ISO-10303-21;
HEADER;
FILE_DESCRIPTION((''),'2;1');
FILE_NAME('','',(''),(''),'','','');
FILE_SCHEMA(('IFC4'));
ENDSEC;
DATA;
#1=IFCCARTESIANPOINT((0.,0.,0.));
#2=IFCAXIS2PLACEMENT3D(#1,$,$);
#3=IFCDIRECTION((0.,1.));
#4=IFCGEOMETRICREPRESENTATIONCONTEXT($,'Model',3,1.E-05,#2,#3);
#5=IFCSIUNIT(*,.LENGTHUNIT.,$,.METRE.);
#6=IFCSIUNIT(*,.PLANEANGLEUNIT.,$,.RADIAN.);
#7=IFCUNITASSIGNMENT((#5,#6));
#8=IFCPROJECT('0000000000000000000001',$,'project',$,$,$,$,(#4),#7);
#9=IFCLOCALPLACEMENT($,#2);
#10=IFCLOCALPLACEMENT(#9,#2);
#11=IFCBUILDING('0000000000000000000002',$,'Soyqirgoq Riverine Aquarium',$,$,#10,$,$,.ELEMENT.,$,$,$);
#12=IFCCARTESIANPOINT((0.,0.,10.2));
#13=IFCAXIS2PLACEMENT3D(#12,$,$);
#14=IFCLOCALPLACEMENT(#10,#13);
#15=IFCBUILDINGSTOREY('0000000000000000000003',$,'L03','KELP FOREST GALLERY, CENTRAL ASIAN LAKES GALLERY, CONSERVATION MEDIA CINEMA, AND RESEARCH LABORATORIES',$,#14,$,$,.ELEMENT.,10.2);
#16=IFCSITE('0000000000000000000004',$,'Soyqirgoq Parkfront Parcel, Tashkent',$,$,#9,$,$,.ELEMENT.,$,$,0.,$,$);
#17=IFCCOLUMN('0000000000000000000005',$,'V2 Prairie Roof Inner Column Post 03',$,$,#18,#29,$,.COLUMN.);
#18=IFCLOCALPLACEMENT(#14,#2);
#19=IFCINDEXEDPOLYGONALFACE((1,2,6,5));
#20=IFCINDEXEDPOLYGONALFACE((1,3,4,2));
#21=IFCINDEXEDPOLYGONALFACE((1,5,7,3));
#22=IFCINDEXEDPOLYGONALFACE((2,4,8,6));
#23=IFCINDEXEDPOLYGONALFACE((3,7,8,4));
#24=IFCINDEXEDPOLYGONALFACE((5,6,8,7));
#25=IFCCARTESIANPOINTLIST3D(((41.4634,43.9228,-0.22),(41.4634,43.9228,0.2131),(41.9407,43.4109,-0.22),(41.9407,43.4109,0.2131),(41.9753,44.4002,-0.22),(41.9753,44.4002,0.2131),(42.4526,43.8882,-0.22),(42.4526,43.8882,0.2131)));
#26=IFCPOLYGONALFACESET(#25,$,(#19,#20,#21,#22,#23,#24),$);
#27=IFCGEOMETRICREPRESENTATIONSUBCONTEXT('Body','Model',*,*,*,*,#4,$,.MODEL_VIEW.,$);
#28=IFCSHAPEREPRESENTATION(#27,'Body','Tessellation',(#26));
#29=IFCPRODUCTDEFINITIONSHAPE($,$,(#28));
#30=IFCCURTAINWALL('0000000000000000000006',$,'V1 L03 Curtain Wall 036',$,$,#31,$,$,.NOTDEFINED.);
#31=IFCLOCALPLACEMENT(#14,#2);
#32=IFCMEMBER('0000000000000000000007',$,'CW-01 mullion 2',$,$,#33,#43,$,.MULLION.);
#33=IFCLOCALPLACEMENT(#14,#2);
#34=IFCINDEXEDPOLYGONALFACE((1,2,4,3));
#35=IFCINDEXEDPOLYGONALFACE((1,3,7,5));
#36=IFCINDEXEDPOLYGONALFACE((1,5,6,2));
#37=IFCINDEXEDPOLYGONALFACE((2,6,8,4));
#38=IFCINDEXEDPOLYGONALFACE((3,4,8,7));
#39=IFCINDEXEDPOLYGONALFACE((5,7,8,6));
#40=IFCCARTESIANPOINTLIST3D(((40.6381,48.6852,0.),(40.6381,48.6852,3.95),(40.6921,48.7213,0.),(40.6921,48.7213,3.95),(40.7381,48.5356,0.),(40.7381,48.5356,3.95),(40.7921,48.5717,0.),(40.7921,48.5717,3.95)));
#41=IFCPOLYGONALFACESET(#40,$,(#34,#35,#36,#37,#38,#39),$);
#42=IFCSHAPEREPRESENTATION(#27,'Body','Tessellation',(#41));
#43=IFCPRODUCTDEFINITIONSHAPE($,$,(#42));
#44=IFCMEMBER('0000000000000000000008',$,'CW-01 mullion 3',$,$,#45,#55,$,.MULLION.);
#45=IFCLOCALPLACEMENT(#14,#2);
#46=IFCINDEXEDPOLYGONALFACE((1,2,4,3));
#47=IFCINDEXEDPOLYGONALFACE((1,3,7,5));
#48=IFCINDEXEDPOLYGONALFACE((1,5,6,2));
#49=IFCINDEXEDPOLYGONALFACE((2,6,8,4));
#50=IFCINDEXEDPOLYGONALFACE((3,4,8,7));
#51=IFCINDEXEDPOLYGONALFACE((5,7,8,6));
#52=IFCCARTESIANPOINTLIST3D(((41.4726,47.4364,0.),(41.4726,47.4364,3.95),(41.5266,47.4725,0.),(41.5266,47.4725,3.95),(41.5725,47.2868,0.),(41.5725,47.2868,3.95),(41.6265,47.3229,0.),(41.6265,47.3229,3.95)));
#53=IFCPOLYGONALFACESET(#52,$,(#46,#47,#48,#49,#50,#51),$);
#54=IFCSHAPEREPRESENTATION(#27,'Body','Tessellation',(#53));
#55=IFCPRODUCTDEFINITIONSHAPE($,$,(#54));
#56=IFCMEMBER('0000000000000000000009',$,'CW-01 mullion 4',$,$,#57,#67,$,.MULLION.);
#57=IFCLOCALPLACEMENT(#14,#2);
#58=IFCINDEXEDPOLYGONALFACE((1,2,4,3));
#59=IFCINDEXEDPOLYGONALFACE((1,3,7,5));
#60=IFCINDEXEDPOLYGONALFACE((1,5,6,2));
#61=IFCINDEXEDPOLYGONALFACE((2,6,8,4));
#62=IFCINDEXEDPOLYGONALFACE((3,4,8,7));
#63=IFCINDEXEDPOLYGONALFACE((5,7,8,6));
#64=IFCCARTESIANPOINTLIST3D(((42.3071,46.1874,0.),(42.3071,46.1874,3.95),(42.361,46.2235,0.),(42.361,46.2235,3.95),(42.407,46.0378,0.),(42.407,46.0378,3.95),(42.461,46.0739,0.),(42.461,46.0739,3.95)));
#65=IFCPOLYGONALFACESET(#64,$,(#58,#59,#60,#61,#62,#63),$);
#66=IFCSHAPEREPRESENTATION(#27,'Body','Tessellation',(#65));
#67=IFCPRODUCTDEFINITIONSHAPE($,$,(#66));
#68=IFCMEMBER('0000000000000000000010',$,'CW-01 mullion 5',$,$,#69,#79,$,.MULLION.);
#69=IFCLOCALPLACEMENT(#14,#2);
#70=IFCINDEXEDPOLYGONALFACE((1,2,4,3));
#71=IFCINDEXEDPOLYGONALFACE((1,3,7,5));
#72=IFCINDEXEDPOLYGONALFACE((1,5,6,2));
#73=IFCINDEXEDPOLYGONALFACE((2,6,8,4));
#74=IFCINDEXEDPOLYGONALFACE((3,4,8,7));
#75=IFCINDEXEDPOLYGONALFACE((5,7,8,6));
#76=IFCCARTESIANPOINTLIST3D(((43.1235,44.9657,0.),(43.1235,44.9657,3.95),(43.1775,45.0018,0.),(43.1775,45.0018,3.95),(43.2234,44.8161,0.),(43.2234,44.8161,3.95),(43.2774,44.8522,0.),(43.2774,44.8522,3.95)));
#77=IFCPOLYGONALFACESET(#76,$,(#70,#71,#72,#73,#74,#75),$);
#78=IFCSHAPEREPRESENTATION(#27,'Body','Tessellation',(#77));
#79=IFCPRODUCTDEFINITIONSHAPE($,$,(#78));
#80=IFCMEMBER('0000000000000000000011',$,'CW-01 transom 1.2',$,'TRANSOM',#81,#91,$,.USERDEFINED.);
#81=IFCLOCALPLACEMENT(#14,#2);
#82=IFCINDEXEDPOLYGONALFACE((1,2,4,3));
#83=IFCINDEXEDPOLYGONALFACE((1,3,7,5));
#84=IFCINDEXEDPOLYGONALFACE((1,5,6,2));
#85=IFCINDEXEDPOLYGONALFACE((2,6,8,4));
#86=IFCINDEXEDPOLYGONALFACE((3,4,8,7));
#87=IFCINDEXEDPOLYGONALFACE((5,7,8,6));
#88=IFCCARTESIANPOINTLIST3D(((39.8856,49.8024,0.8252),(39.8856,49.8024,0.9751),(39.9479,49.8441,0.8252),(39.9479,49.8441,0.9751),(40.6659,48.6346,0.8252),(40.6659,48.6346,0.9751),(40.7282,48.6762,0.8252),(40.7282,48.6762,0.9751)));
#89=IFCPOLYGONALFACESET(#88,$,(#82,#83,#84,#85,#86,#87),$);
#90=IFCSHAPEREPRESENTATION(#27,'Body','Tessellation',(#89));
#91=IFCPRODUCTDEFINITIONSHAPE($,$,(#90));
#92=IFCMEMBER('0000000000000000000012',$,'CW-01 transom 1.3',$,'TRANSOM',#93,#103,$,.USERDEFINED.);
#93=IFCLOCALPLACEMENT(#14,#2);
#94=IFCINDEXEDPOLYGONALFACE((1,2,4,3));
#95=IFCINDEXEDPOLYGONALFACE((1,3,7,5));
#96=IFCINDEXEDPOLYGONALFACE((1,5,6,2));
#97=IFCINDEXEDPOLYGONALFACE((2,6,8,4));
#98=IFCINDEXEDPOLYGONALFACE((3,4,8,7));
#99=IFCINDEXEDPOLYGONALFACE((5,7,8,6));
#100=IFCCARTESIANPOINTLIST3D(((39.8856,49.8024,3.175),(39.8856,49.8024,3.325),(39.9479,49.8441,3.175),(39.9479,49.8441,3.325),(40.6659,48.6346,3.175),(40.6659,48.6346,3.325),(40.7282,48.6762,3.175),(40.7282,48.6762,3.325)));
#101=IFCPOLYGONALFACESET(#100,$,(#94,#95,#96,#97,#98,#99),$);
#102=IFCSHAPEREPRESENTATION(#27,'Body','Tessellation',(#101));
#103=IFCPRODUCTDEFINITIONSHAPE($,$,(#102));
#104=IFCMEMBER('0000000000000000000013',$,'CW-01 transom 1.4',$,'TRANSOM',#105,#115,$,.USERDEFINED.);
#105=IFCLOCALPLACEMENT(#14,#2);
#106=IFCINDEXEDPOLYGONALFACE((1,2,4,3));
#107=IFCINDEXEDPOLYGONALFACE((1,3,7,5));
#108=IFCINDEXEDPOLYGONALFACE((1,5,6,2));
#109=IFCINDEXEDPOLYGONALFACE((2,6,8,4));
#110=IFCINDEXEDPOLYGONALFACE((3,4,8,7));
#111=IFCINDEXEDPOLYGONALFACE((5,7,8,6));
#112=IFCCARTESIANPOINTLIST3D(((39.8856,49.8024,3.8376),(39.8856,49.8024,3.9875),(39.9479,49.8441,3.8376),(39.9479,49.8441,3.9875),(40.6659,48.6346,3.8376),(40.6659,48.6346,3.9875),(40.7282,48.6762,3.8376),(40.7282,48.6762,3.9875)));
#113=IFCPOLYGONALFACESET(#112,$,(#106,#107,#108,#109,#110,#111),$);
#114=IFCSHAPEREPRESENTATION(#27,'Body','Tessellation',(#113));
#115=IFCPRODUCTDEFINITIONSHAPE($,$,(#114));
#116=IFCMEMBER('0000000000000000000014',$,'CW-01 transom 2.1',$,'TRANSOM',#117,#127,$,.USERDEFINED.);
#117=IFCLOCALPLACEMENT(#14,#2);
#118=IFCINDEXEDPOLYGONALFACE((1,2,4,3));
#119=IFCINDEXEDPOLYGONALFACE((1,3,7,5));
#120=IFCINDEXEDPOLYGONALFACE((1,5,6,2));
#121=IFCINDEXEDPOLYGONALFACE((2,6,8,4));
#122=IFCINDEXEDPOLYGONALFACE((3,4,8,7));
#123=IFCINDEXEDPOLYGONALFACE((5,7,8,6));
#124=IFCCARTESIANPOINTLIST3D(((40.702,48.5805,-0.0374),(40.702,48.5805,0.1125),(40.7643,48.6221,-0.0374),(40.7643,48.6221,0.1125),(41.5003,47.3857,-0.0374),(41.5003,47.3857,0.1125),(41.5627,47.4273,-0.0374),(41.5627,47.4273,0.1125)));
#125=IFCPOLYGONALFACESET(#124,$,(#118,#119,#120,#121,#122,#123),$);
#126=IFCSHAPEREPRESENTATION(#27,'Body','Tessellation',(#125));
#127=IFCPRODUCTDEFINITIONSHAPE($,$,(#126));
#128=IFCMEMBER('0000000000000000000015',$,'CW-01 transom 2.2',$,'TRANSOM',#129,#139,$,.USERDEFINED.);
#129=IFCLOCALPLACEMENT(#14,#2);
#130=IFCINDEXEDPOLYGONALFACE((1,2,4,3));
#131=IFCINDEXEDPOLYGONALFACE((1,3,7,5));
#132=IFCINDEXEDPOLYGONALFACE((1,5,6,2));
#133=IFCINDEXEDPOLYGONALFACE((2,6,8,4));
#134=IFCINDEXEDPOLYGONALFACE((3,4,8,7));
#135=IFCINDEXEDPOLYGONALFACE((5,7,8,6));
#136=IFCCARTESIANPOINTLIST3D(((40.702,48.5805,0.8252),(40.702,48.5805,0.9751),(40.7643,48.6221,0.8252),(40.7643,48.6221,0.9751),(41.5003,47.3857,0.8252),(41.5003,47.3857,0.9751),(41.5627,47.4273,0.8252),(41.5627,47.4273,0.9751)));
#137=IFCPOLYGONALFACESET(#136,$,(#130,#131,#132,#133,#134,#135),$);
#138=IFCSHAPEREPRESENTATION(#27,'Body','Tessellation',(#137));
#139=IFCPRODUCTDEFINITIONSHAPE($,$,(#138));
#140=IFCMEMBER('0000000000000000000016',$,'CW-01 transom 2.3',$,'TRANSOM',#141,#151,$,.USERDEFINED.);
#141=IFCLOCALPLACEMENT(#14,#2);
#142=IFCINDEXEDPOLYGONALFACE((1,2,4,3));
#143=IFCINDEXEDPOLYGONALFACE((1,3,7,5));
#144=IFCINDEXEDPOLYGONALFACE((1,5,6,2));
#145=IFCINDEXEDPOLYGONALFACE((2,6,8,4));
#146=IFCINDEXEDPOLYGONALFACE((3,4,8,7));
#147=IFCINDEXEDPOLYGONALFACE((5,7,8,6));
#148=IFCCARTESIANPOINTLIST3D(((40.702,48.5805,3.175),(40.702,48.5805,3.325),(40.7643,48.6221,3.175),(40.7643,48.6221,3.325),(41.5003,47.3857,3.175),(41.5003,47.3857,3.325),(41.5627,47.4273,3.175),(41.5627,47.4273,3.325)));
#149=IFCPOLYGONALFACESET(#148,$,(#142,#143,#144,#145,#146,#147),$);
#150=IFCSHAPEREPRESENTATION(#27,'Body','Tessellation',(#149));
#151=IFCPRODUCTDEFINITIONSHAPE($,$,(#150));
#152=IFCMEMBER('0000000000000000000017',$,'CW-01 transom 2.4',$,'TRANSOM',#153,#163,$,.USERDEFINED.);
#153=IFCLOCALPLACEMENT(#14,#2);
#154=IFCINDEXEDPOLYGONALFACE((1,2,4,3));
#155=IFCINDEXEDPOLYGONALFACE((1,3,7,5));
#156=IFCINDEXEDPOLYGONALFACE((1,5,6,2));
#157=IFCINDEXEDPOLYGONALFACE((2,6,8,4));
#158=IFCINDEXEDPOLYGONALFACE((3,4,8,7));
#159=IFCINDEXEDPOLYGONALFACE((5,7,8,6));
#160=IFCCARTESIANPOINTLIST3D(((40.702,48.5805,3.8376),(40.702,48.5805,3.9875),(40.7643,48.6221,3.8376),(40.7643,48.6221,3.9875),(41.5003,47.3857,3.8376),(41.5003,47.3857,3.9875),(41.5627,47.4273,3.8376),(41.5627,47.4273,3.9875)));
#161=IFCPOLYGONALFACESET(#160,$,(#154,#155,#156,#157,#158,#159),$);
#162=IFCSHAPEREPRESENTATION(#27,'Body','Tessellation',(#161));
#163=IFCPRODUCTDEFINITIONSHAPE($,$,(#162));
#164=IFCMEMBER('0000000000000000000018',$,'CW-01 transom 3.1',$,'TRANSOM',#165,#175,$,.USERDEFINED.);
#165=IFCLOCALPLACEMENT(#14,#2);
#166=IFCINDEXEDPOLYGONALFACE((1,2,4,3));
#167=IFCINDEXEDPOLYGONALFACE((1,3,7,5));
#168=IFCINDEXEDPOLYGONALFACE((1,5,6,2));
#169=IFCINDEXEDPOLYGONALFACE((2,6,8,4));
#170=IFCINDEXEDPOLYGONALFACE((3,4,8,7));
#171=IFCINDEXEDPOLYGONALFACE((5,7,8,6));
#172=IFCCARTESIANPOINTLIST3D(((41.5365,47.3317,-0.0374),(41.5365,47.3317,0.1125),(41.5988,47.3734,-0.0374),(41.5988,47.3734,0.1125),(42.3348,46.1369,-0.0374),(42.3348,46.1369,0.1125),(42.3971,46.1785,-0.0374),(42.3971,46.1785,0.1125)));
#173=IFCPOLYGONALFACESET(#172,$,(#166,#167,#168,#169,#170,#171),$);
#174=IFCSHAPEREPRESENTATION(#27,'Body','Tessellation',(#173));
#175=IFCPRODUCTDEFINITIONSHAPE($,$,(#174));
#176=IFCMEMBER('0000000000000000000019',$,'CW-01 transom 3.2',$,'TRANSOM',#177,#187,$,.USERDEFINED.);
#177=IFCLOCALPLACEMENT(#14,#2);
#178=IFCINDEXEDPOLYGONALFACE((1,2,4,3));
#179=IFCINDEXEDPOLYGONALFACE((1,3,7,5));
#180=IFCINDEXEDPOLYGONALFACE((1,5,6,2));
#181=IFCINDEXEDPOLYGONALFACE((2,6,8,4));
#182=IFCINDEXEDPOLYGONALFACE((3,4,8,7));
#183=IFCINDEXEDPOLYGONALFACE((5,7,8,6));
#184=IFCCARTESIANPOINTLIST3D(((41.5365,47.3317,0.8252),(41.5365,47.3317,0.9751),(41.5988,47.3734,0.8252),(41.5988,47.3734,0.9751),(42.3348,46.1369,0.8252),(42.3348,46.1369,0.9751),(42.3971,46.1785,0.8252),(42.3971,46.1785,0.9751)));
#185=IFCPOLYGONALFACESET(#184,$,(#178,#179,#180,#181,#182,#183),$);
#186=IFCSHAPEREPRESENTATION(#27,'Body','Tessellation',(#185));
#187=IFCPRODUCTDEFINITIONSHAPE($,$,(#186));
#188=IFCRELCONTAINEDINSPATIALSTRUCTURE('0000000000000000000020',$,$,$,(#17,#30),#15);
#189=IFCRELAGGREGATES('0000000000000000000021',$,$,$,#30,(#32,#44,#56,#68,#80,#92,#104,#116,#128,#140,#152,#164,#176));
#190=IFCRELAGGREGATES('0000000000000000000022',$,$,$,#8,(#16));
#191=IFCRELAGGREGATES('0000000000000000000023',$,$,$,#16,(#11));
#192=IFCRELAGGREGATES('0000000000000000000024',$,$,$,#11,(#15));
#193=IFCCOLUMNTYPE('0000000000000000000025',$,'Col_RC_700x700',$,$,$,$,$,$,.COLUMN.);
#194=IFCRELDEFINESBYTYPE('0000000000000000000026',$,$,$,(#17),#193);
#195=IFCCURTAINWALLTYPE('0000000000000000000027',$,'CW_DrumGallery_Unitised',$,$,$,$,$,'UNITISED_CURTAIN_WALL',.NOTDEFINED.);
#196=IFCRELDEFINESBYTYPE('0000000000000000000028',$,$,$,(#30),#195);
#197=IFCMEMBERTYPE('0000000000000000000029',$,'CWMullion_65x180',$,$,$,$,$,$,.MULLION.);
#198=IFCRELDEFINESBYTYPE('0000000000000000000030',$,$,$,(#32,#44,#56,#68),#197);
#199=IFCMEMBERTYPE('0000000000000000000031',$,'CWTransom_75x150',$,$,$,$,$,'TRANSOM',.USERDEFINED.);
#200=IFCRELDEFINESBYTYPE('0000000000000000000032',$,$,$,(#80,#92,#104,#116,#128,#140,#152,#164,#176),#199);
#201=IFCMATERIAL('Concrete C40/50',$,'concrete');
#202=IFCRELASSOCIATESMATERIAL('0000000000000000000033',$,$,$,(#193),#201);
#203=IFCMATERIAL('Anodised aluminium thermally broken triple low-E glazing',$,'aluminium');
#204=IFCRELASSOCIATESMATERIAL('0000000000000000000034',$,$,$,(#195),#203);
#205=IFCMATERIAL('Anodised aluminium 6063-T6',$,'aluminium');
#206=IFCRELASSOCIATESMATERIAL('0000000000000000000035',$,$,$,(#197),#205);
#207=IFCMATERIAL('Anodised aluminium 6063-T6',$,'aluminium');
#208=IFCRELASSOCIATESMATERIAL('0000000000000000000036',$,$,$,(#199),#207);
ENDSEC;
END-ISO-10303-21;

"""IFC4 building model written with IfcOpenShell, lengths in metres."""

from ifc_helpers import new_model, si_unit, direction, frame, origin, origin_2d, place, context, subcontext, project, spatial, rectangle, extrude, material, material_profile, profile_set, type_object, element, aggregate, save


model = new_model("IFC4")

# Units and contexts
model_context = context("Model", 3, precision=1e-05, world=origin(), true_north=direction((0.0, 1.0)))
body_context = subcontext(model_context, "Body", "Model", "MODEL_VIEW")
ifc_project = project(units=[si_unit("LENGTHUNIT", "METRE"), si_unit("PLANEANGLEUNIT", "RADIAN")], contexts=[model_context])

# Site, building, storey
site_placement = place(None, origin())
site = spatial("IfcSite", under=ifc_project, at=site_placement, Name="Soyqirgoq Parkfront Parcel, Tashkent", CompositionType="ELEMENT", RefElevation=0.0)
building_placement = place(site_placement, origin())
building = spatial("IfcBuilding", under=site, at=building_placement, Name="Soyqirgoq Riverine Aquarium", CompositionType="ELEMENT")
storey_placement = place(building_placement, frame((0.0, 0.0, 10.2)))
storey = spatial("IfcBuildingStorey", under=building, at=storey_placement, Name="L03", Description="KELP FOREST GALLERY, CENTRAL ASIAN LAKES GALLERY, CONSERVATION MEDIA CINEMA, AND RESEARCH LABORATORIES", CompositionType="ELEMENT", Elevation=10.2)

# Column
ifc_material_1 = material(Name="Concrete C40/50", Category="concrete")
ifc_material_profile_1 = material_profile(ifc_material_1, rectangle(XDim=0.7, YDim=0.7, at=origin_2d()), Name="RC 700x700")
ifc_profile_set_1 = profile_set([ifc_material_profile_1], Name="Concrete C40/50")
column_type = type_object("IfcColumnType", Name="Col_RC_700x700", PredefinedType="COLUMN", material=ifc_profile_set_1)
column_placement = place(storey_placement, frame((41.958, 43.9055, -0.22), z_axis=(0.0, 0.0, 1.0), x_axis=(-0.731354, -0.681998, 0.0)))
element("IfcColumn", 1, at=column_placement, inside=storey, type_object=column_type, Name="V2 Prairie Roof Inner Column Post 03", PredefinedType="COLUMN", context=body_context, shape_type="SweptSolid", body=[
    extrude(rectangle(XDim=0.7, YDim=0.7, at=origin_2d()), origin(), (0.0, 0.0, 1.0), 0.4331),
])

# Curtain wall, members
ifc_material_2 = material(Name="Anodised aluminium thermally broken triple low-E glazing", Category="aluminium")
curtain_wall_type = type_object("IfcCurtainWallType", Name="CW_DrumGallery_Unitised", ElementType="UNITISED_CURTAIN_WALL", PredefinedType="NOTDEFINED", material=ifc_material_2)
curtain_wall_placement = place(storey_placement, origin())
curtain_wall = element("IfcCurtainWall", 2, at=curtain_wall_placement, inside=storey, type_object=curtain_wall_type, Name="V1 L03 Curtain Wall 036", PredefinedType="NOTDEFINED")
ifc_material_3 = material(Name="Anodised aluminium 6063-T6", Category="aluminium")
ifc_material_profile_2 = material_profile(ifc_material_3, rectangle(XDim=0.0649, YDim=0.1799, at=origin_2d()), Name="ALU-M 65x180")
ifc_profile_set_2 = profile_set([ifc_material_profile_2], Name="Anodised aluminium 6063-T6")
member_type_1 = type_object("IfcMemberType", Name="CWMullion_65x180", PredefinedType="MULLION", material=ifc_profile_set_2)
member_1_placement = place(storey_placement, frame((40.7151, 48.6284, 0.0), z_axis=(0.0, 0.0, 1.0), x_axis=(0.831469, 0.555572, 0.0)))
member_1 = element("IfcMember", 3, at=member_1_placement, type_object=member_type_1, Name="CW-01 mullion 2", PredefinedType="MULLION", context=body_context, shape_type="SweptSolid", body=[
    extrude(rectangle(XDim=0.0649, YDim=0.1799, at=origin_2d()), origin(), (0.0, 0.0, 1.0), 3.95),
])
member_2_placement = place(storey_placement, frame((41.5496, 47.3796, 0.0), z_axis=(0.0, 0.0, 1.0), x_axis=(0.831469, 0.555572, 0.0)))
member_2 = element("IfcMember", 4, at=member_2_placement, type_object=member_type_1, Name="CW-01 mullion 3", PredefinedType="MULLION", context=body_context, shape_type="SweptSolid", body=[
    extrude(rectangle(XDim=0.0649, YDim=0.1799, at=origin_2d()), origin(), (0.0, 0.0, 1.0), 3.95),
])
member_3_placement = place(storey_placement, frame((42.384, 46.1306, 0.0), z_axis=(0.0, 0.0, 1.0), x_axis=(0.831469, 0.555572, 0.0)))
member_3 = element("IfcMember", 5, at=member_3_placement, type_object=member_type_1, Name="CW-01 mullion 4", PredefinedType="MULLION", context=body_context, shape_type="SweptSolid", body=[
    extrude(rectangle(XDim=0.0649, YDim=0.1799, at=origin_2d()), origin(), (0.0, 0.0, 1.0), 3.95),
])
member_4_placement = place(storey_placement, frame((43.2004, 44.9089, 0.0), z_axis=(0.0, 0.0, 1.0), x_axis=(0.831469, 0.555572, 0.0)))
member_4 = element("IfcMember", 6, at=member_4_placement, type_object=member_type_1, Name="CW-01 mullion 5", PredefinedType="MULLION", context=body_context, shape_type="SweptSolid", body=[
    extrude(rectangle(XDim=0.0649, YDim=0.1799, at=origin_2d()), origin(), (0.0, 0.0, 1.0), 3.95),
])
ifc_material_4 = material(Name="Anodised aluminium 6063-T6", Category="aluminium")
ifc_material_profile_3 = material_profile(ifc_material_4, rectangle(XDim=0.075, YDim=0.1499, at=origin_2d()), Name="ALU-T 75x150")
ifc_profile_set_3 = profile_set([ifc_material_profile_3], Name="Anodised aluminium 6063-T6")
member_type_2 = type_object("IfcMemberType", Name="CWTransom_75x150", ElementType="TRANSOM", PredefinedType="USERDEFINED", material=ifc_profile_set_3)
member_5_placement = place(storey_placement, frame((39.9167, 49.8232, 0.9001), z_axis=(0.555582, -0.831461, 0.0), x_axis=(0.831461, 0.555582, 0.0)))
member_5 = element("IfcMember", 7, at=member_5_placement, type_object=member_type_2, Name="CW-01 transom 1.2", ObjectType="TRANSOM", PredefinedType="USERDEFINED", context=body_context, shape_type="SweptSolid", body=[
    extrude(rectangle(XDim=0.075, YDim=0.1499, at=origin_2d()), origin(), (0.0, 0.0, 1.0), 1.4045),
])
member_6_placement = place(storey_placement, frame((39.9167, 49.8232, 3.25), z_axis=(0.555582, -0.831461, 0.0), x_axis=(0.831461, 0.555582, 0.0)))
member_6 = element("IfcMember", 8, at=member_6_placement, type_object=member_type_2, Name="CW-01 transom 1.3", ObjectType="TRANSOM", PredefinedType="USERDEFINED", context=body_context, shape_type="SweptSolid", body=[
    extrude(rectangle(XDim=0.075, YDim=0.1499, at=origin_2d()), origin(), (0.0, 0.0, 1.0), 1.4045),
])
member_7_placement = place(storey_placement, frame((39.9167, 49.8232, 3.9126), z_axis=(0.555582, -0.831461, 0.0), x_axis=(0.831461, 0.555582, 0.0)))
member_7 = element("IfcMember", 9, at=member_7_placement, type_object=member_type_2, Name="CW-01 transom 1.4", ObjectType="TRANSOM", PredefinedType="USERDEFINED", context=body_context, shape_type="SweptSolid", body=[
    extrude(rectangle(XDim=0.075, YDim=0.1499, at=origin_2d()), origin(), (0.0, 0.0, 1.0), 1.4045),
])
member_8_placement = place(storey_placement, frame((40.7332, 48.6013, 0.0376), z_axis=(0.555562, -0.831475, 0.0), x_axis=(0.831475, 0.555562, 0.0)))
member_8 = element("IfcMember", 10, at=member_8_placement, type_object=member_type_2, Name="CW-01 transom 2.1", ObjectType="TRANSOM", PredefinedType="USERDEFINED", context=body_context, shape_type="SweptSolid", body=[
    extrude(rectangle(XDim=0.075, YDim=0.1499, at=origin_2d()), origin(), (0.0, 0.0, 1.0), 1.437),
])
member_9_placement = place(storey_placement, frame((40.7332, 48.6013, 0.9001), z_axis=(0.555562, -0.831475, 0.0), x_axis=(0.831475, 0.555562, 0.0)))
member_9 = element("IfcMember", 11, at=member_9_placement, type_object=member_type_2, Name="CW-01 transom 2.2", ObjectType="TRANSOM", PredefinedType="USERDEFINED", context=body_context, shape_type="SweptSolid", body=[
    extrude(rectangle(XDim=0.075, YDim=0.1499, at=origin_2d()), origin(), (0.0, 0.0, 1.0), 1.437),
])
member_10_placement = place(storey_placement, frame((40.7332, 48.6013, 3.25), z_axis=(0.555562, -0.831475, 0.0), x_axis=(0.831475, 0.555562, 0.0)))
member_10 = element("IfcMember", 12, at=member_10_placement, type_object=member_type_2, Name="CW-01 transom 2.3", ObjectType="TRANSOM", PredefinedType="USERDEFINED", context=body_context, shape_type="SweptSolid", body=[
    extrude(rectangle(XDim=0.075, YDim=0.1499, at=origin_2d()), origin(), (0.0, 0.0, 1.0), 1.437),
])
member_11_placement = place(storey_placement, frame((40.7332, 48.6013, 3.9126), z_axis=(0.555562, -0.831475, 0.0), x_axis=(0.831475, 0.555562, 0.0)))
member_11 = element("IfcMember", 13, at=member_11_placement, type_object=member_type_2, Name="CW-01 transom 2.4", ObjectType="TRANSOM", PredefinedType="USERDEFINED", context=body_context, shape_type="SweptSolid", body=[
    extrude(rectangle(XDim=0.075, YDim=0.1499, at=origin_2d()), origin(), (0.0, 0.0, 1.0), 1.437),
])
member_12_placement = place(storey_placement, frame((41.5676, 47.3525, 0.0376), z_axis=(0.555562, -0.831475, 0.0), x_axis=(0.831475, 0.555562, 0.0)))
member_12 = element("IfcMember", 14, at=member_12_placement, type_object=member_type_2, Name="CW-01 transom 3.1", ObjectType="TRANSOM", PredefinedType="USERDEFINED", context=body_context, shape_type="SweptSolid", body=[
    extrude(rectangle(XDim=0.075, YDim=0.1499, at=origin_2d()), origin(), (0.0, 0.0, 1.0), 1.437),
])
member_13_placement = place(storey_placement, frame((41.5676, 47.3525, 0.9001), z_axis=(0.555562, -0.831475, 0.0), x_axis=(0.831475, 0.555562, 0.0)))
member_13 = element("IfcMember", 15, at=member_13_placement, type_object=member_type_2, Name="CW-01 transom 3.2", ObjectType="TRANSOM", PredefinedType="USERDEFINED", context=body_context, shape_type="SweptSolid", body=[
    extrude(rectangle(XDim=0.075, YDim=0.1499, at=origin_2d()), origin(), (0.0, 0.0, 1.0), 1.437),
])

aggregate(curtain_wall, [member_1, member_2, member_3, member_4, member_5, member_6, member_7, member_8, member_9, member_10, member_11, member_12, member_13])

save(model, "model.ifc")
